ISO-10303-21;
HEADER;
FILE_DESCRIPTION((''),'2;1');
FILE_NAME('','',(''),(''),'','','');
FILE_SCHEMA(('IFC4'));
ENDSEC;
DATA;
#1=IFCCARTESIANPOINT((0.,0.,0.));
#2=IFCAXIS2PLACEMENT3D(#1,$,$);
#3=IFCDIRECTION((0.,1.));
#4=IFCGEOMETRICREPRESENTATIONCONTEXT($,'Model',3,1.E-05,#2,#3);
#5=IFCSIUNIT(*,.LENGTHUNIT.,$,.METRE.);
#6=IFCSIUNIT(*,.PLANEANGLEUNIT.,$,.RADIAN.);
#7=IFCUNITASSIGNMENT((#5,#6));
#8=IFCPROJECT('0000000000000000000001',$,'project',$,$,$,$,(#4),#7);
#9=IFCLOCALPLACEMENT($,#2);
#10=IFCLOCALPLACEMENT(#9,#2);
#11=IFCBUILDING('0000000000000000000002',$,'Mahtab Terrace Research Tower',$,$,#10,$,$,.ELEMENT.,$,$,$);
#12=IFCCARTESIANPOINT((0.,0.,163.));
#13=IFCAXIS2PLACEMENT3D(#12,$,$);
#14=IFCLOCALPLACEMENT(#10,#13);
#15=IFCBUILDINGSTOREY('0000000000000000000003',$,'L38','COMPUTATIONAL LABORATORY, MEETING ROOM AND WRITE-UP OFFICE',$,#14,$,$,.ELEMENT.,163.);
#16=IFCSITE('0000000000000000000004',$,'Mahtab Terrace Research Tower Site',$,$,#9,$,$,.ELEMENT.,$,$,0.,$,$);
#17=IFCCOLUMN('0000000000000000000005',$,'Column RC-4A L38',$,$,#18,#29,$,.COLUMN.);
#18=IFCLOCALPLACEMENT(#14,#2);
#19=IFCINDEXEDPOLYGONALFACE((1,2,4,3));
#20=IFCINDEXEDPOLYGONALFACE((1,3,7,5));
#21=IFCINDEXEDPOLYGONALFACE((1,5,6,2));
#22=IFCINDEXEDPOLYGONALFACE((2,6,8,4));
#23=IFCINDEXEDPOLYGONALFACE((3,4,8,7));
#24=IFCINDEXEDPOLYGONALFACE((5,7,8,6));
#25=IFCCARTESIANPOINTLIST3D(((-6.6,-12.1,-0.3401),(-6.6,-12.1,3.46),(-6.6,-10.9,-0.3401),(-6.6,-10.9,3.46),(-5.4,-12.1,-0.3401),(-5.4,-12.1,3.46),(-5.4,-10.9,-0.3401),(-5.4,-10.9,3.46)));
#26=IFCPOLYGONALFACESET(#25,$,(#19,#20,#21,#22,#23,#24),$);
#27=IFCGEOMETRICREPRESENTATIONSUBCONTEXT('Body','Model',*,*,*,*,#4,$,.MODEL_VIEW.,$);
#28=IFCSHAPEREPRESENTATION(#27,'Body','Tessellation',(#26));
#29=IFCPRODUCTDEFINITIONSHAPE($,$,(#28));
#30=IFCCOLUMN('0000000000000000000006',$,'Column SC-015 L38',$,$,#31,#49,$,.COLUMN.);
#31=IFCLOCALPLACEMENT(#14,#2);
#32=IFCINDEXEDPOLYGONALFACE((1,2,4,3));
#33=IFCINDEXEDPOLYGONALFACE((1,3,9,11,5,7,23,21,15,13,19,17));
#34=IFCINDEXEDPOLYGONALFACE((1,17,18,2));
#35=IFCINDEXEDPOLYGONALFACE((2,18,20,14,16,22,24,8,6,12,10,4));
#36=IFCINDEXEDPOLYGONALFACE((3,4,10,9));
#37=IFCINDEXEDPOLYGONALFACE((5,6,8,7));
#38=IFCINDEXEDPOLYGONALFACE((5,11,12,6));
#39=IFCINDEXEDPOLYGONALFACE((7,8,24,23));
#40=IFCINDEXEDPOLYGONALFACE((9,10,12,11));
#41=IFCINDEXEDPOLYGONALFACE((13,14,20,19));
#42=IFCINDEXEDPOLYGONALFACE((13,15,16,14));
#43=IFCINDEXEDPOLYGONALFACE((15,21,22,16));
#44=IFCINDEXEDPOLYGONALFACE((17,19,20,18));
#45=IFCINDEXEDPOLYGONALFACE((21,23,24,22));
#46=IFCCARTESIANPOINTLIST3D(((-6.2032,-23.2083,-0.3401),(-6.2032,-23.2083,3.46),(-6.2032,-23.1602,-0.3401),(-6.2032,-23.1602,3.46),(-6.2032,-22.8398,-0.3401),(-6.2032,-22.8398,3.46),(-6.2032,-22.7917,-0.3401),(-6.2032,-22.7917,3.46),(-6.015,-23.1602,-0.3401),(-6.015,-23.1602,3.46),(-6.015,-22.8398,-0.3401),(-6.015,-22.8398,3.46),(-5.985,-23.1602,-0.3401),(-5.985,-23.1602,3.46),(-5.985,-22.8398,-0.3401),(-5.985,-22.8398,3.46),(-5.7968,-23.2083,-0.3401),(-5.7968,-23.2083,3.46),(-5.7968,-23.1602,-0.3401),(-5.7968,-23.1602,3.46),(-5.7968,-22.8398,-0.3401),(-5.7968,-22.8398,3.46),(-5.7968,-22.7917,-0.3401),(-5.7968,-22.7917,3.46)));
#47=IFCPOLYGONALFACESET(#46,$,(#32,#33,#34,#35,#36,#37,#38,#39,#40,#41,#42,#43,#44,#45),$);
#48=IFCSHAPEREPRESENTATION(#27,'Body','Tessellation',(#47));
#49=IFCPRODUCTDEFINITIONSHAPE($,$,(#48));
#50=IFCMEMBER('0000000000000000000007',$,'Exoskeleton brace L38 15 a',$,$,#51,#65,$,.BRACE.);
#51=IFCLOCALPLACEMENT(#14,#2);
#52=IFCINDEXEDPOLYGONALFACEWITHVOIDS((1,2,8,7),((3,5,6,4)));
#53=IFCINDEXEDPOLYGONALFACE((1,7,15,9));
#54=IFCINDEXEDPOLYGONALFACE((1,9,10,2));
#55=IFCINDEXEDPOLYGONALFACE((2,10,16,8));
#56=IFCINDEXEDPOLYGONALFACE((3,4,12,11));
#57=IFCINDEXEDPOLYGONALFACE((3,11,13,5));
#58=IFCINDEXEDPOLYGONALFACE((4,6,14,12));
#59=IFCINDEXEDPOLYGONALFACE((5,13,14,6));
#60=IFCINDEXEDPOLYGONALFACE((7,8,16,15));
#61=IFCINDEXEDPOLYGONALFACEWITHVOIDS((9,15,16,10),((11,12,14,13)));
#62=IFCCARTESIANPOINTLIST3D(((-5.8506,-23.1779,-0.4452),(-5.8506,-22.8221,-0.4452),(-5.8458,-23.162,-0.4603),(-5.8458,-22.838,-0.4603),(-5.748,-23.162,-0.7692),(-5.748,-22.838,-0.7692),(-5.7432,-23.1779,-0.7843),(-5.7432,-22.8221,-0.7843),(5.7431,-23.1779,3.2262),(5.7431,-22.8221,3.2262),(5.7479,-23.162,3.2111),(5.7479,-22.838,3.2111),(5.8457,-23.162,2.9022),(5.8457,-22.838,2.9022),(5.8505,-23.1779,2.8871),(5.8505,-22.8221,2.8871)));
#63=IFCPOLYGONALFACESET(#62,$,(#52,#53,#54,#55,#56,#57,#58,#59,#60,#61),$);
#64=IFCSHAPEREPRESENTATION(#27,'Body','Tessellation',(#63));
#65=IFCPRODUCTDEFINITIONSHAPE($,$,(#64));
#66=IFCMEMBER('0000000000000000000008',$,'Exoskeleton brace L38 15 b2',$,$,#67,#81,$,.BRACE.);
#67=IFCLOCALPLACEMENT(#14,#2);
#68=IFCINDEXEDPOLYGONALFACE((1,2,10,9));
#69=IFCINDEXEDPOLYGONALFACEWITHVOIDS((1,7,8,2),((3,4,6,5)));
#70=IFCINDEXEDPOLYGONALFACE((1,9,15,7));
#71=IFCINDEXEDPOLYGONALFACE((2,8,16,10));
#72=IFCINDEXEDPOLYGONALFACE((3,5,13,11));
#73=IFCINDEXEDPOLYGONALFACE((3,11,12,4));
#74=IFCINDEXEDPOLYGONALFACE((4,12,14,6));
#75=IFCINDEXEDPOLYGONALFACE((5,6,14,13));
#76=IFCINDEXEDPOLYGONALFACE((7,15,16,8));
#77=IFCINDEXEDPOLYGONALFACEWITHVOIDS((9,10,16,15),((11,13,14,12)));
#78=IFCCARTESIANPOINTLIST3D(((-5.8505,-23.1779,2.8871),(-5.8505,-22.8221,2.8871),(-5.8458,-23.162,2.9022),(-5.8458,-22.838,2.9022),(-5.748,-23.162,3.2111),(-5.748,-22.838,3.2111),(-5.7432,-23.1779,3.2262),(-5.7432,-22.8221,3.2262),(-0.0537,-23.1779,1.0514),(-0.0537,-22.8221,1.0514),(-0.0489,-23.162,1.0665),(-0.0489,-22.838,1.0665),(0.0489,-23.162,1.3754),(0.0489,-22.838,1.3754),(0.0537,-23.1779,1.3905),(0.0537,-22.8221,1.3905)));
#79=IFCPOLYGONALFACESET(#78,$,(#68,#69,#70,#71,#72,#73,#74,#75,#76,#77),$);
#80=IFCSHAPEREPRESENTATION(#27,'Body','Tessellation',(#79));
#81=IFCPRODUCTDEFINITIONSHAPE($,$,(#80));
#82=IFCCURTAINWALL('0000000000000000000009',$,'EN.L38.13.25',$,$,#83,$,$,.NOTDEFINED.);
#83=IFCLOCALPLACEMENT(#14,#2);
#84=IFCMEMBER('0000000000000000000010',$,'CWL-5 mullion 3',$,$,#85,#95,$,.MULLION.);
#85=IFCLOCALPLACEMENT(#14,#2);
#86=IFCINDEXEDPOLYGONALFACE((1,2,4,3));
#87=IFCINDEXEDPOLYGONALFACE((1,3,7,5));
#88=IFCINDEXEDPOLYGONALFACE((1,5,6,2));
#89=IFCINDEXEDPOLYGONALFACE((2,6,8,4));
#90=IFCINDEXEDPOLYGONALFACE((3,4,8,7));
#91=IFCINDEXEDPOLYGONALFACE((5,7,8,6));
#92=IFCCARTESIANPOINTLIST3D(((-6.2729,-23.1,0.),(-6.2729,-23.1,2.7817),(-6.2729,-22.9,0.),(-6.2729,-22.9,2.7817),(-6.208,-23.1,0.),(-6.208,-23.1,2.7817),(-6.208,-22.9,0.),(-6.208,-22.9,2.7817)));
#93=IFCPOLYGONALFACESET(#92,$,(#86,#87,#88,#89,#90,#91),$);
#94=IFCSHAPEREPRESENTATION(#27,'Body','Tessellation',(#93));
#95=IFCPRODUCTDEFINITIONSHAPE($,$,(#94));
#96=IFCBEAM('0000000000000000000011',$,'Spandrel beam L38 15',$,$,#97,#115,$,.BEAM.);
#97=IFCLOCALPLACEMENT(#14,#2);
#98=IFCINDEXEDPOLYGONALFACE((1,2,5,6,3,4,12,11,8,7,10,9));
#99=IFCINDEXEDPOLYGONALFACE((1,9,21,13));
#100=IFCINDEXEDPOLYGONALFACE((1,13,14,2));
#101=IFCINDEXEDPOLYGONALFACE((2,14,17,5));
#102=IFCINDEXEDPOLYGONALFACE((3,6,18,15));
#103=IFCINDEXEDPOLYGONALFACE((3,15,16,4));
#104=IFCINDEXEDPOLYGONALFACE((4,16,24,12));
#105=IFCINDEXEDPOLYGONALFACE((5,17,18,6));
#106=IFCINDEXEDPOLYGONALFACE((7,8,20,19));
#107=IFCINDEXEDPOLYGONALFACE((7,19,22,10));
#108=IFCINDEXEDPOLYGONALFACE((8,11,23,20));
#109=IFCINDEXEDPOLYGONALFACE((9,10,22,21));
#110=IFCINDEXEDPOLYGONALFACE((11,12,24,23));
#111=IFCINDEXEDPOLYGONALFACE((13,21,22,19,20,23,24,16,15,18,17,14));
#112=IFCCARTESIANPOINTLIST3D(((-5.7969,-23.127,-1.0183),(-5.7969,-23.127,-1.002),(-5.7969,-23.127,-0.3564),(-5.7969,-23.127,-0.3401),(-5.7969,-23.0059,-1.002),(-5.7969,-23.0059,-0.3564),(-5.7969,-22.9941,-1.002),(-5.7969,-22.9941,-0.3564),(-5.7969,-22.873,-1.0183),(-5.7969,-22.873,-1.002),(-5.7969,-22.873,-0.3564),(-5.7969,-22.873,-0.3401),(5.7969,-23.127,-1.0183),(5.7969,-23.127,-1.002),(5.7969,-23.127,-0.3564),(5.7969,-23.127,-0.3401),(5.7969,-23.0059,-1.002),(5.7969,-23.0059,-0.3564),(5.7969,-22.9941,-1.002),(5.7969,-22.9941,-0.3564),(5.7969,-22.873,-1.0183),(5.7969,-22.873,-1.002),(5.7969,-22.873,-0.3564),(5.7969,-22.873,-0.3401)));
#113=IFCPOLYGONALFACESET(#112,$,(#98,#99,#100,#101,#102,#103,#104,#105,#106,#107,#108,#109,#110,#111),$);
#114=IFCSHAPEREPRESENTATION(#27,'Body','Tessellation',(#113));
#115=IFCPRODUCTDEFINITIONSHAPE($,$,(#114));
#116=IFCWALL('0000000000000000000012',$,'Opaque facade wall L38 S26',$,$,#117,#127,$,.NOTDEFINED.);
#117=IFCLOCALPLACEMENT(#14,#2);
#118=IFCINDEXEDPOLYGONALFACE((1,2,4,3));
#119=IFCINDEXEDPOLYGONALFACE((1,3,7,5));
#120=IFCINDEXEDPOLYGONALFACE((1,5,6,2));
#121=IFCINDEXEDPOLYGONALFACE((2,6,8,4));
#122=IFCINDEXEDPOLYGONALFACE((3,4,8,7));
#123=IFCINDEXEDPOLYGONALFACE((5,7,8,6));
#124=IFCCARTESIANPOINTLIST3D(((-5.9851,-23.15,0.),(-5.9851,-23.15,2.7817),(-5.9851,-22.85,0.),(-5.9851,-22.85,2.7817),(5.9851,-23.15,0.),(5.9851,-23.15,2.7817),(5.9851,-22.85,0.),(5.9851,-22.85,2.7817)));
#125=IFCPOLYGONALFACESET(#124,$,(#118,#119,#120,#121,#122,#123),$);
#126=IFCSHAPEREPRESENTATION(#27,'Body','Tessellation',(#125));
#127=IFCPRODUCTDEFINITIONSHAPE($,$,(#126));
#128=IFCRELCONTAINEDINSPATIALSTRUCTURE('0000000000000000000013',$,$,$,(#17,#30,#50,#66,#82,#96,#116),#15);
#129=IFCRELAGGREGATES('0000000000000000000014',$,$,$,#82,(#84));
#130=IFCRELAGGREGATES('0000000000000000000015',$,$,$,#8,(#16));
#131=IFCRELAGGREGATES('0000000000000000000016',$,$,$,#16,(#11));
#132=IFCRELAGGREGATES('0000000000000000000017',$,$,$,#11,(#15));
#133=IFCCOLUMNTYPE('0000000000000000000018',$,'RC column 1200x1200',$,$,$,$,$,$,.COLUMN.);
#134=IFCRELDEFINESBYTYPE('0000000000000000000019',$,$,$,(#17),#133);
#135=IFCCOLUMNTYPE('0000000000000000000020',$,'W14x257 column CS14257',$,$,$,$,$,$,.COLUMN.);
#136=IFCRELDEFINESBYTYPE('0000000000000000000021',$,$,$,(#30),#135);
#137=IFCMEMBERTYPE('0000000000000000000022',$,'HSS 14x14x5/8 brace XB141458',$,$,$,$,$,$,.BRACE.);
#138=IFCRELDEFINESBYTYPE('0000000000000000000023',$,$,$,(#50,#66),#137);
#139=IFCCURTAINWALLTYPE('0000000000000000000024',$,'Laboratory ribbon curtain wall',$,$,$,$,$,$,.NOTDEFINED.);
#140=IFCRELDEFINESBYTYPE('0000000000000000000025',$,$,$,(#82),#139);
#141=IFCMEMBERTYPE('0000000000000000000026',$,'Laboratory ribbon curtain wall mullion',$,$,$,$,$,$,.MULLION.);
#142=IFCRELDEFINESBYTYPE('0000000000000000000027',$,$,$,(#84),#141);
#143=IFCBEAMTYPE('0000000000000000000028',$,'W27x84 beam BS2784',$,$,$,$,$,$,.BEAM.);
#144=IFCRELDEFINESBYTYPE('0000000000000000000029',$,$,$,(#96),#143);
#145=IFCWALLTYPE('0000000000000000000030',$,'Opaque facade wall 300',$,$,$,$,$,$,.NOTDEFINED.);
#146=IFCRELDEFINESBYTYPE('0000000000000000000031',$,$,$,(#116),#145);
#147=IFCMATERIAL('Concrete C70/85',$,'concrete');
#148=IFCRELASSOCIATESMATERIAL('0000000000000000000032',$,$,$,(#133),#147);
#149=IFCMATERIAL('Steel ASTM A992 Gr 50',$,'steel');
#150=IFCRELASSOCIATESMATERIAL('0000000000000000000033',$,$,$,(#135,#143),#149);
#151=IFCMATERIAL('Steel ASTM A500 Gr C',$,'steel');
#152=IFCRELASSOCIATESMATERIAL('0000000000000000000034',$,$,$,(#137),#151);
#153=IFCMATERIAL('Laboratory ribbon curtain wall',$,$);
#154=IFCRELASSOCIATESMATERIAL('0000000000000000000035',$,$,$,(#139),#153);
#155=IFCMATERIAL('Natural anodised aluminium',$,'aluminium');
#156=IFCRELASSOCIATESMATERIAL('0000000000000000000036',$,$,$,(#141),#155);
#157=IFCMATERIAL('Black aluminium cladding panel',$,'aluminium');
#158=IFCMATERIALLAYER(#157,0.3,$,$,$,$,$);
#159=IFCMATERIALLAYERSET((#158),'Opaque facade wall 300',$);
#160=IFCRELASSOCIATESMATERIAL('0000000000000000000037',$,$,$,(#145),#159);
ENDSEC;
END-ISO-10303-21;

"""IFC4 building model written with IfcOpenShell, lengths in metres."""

from ifc_helpers import new_model, si_unit, direction, frame, frame_2d, origin, origin_2d, place, context, subcontext, project, spatial, rectangle, hollow_rectangle, i_section, extrude, material, layer, layer_set, material_profile, profile_set, type_object, element, aggregate, save


model = new_model("IFC4")

# Units and contexts
model_context = context("Model", 3, precision=1e-05, world=origin(), true_north=direction((0.0, 1.0)))
body_context = subcontext(model_context, "Body", "Model", "MODEL_VIEW")
ifc_project = project(units=[si_unit("LENGTHUNIT", "METRE"), si_unit("PLANEANGLEUNIT", "RADIAN")], contexts=[model_context])

# Site, building, storey
site_placement = place(None, origin())
site = spatial("IfcSite", under=ifc_project, at=site_placement, Name="Mahtab Terrace Research Tower Site", CompositionType="ELEMENT", RefElevation=0.0)
building_placement = place(site_placement, origin())
building = spatial("IfcBuilding", under=site, at=building_placement, Name="Mahtab Terrace Research Tower", CompositionType="ELEMENT")
storey_placement = place(building_placement, frame((0.0, 0.0, 163.0)))
storey = spatial("IfcBuildingStorey", under=building, at=storey_placement, Name="L38", Description="COMPUTATIONAL LABORATORY, MEETING ROOM AND WRITE-UP OFFICE", CompositionType="ELEMENT", Elevation=163.0)

# Columns
ifc_material_1 = material(Name="Concrete C70/85", Category="concrete")
ifc_material_profile_1 = material_profile(ifc_material_1, rectangle(XDim=1.2, YDim=1.2, at=origin_2d()), Name="RC column 1200x1200")
ifc_profile_set_1 = profile_set([ifc_material_profile_1], Name="Concrete C70/85")
column_type_1 = type_object("IfcColumnType", Name="RC column 1200x1200", PredefinedType="COLUMN", material=ifc_profile_set_1)
column_1_placement = place(storey_placement, frame((-6.0, -11.5, -0.3401), z_axis=(0.0, 0.0, 1.0), x_axis=(1.0, 0.0, 0.0)))
element("IfcColumn", 1, at=column_1_placement, inside=storey, type_object=column_type_1, Name="Column RC-4A L38", PredefinedType="COLUMN", context=body_context, shape_type="SweptSolid", body=[
    extrude(rectangle(XDim=1.2, YDim=1.2, at=origin_2d()), origin(), (0.0, 0.0, 1.0), 3.8),
])
ifc_material_2 = material(Name="Steel ASTM A992 Gr 50", Category="steel")
ifc_material_profile_2 = material_profile(ifc_material_2, i_section(OverallWidth=0.4065, OverallDepth=0.4165, WebThickness=0.03, FlangeThickness=0.0481, at=origin_2d()), Name="W14X257")
ifc_profile_set_2 = profile_set([ifc_material_profile_2], Name="Steel ASTM A992 Gr 50")
column_type_2 = type_object("IfcColumnType", Name="W14x257 column CS14257", PredefinedType="COLUMN", material=ifc_profile_set_2)
column_2_placement = place(storey_placement, frame((-6.0, -23.0, -0.3401), z_axis=(0.0, 0.0, 1.0), x_axis=(1.0, 0.0, 0.0)))
element("IfcColumn", 2, at=column_2_placement, inside=storey, type_object=column_type_2, Name="Column SC-015 L38", PredefinedType="COLUMN", context=body_context, shape_type="SweptSolid", body=[
    extrude(i_section(OverallWidth=0.4065, OverallDepth=0.4165, WebThickness=0.03, FlangeThickness=0.0481, at=origin_2d()), origin(), (0.0, 0.0, 1.0), 3.8),
])

# Members
ifc_material_3 = material(Name="Steel ASTM A500 Gr C", Category="steel")
ifc_material_profile_3 = material_profile(ifc_material_3, hollow_rectangle(XDim=0.3557, YDim=0.3557, WallThickness=0.0159, at=origin_2d()), Name="HSS14X14X5/8")
ifc_profile_set_3 = profile_set([ifc_material_profile_3], Name="Steel ASTM A500 Gr C")
member_type_1 = type_object("IfcMemberType", Name="HSS 14x14x5/8 brace XB141458", PredefinedType="BRACE", material=ifc_profile_set_3)
member_1_placement = place(storey_placement, frame((-5.7969, -23.0, -0.6147), z_axis=(0.953341, 0.0, 0.301894), x_axis=(0.0, 1.0, 0.0)))
element("IfcMember", 3, at=member_1_placement, inside=storey, type_object=member_type_1, Name="Exoskeleton brace L38 15 a", PredefinedType="BRACE", context=body_context, shape_type="SweptSolid", body=[
    extrude(hollow_rectangle(XDim=0.3557, YDim=0.3557, WallThickness=0.0159, at=origin_2d()), origin(), (0.0, 0.0, 1.0), 12.1611),
])
member_2_placement = place(storey_placement, frame((0.0, -23.0, 1.2209), z_axis=(-0.953341, 0.0, 0.301894), x_axis=(0.0, -1.0, 0.0)))
element("IfcMember", 4, at=member_2_placement, inside=storey, type_object=member_type_1, Name="Exoskeleton brace L38 15 b2", PredefinedType="BRACE", context=body_context, shape_type="SweptSolid", body=[
    extrude(hollow_rectangle(XDim=0.3557, YDim=0.3557, WallThickness=0.0159, at=origin_2d()), origin(), (0.0, 0.0, 1.0), 6.0806),
])

# Curtain wall, member
ifc_material_4 = material(Name="Laboratory ribbon curtain wall")
curtain_wall_type = type_object("IfcCurtainWallType", Name="Laboratory ribbon curtain wall", PredefinedType="NOTDEFINED", material=ifc_material_4)
curtain_wall_placement = place(storey_placement, origin())
curtain_wall = element("IfcCurtainWall", 5, at=curtain_wall_placement, inside=storey, type_object=curtain_wall_type, Name="EN.L38.13.25", PredefinedType="NOTDEFINED")
ifc_material_5 = material(Name="Natural anodised aluminium", Category="aluminium")
ifc_material_profile_4 = material_profile(ifc_material_5, rectangle(XDim=0.2, YDim=0.0649, at=origin_2d()), Name="MULLION 65x200")
ifc_profile_set_4 = profile_set([ifc_material_profile_4], Name="Natural anodised aluminium")
member_type_2 = type_object("IfcMemberType", Name="Laboratory ribbon curtain wall mullion", PredefinedType="MULLION", material=ifc_profile_set_4)
member_3_placement = place(storey_placement, frame((-6.2405, -23.0, 0.0), z_axis=(0.0, 0.0, 1.0), x_axis=(0.0, 1.0, 0.0)))
member_3 = element("IfcMember", 6, at=member_3_placement, type_object=member_type_2, Name="CWL-5 mullion 3", PredefinedType="MULLION", context=body_context, shape_type="SweptSolid", body=[
    extrude(rectangle(XDim=0.2, YDim=0.0649, at=origin_2d()), origin(), (0.0, 0.0, 1.0), 2.7817),
])
aggregate(curtain_wall, [member_3])

# Beam
ifc_material_profile_5 = material_profile(ifc_material_2, i_section(OverallWidth=0.2539, OverallDepth=0.6782, WebThickness=0.0117, FlangeThickness=0.0164, at=origin_2d()), Name="W27X84")
ifc_profile_set_5 = profile_set([ifc_material_profile_5], Name="Steel ASTM A992 Gr 50")
beam_type = type_object("IfcBeamType", Name="W27x84 beam BS2784", PredefinedType="BEAM", material=ifc_profile_set_5)
beam_placement = place(storey_placement, frame((-5.7969, -23.0, -0.6792), z_axis=(1.0, 0.0, 0.0), x_axis=(0.0, 1.0, 0.0)))
element("IfcBeam", 7, at=beam_placement, inside=storey, type_object=beam_type, Name="Spandrel beam L38 15", PredefinedType="BEAM", context=body_context, shape_type="SweptSolid", body=[
    extrude(i_section(OverallWidth=0.2539, OverallDepth=0.6782, WebThickness=0.0117, FlangeThickness=0.0164, at=origin_2d()), origin(), (0.0, 0.0, 1.0), 11.5938),
])

# Wall
ifc_material_6 = material(Name="Black aluminium cladding panel", Category="aluminium")
ifc_layer_1 = layer(ifc_material_6, 0.3)
ifc_layer_set_1 = layer_set([ifc_layer_1], Name="Opaque facade wall 300")
wall_type_1 = type_object("IfcWallType", Name="Opaque facade wall 300", PredefinedType="NOTDEFINED", material=ifc_layer_set_1)
wall_1_placement = place(storey_placement, frame((-5.9851, -23.0, 0.0), z_axis=(0.0, 0.0, 1.0), x_axis=(1.0, 0.0, 0.0)))
element("IfcWall", 8, at=wall_1_placement, inside=storey, type_object=wall_type_1, Name="Opaque facade wall L38 S26", PredefinedType="NOTDEFINED", context=body_context, shape_type="SweptSolid", body=[
    extrude(rectangle(XDim=11.9702, YDim=0.3, at=frame_2d((5.9851, 0.0))), origin(), (0.0, 0.0, 1.0), 2.7817),
])

save(model, "model.ifc")
